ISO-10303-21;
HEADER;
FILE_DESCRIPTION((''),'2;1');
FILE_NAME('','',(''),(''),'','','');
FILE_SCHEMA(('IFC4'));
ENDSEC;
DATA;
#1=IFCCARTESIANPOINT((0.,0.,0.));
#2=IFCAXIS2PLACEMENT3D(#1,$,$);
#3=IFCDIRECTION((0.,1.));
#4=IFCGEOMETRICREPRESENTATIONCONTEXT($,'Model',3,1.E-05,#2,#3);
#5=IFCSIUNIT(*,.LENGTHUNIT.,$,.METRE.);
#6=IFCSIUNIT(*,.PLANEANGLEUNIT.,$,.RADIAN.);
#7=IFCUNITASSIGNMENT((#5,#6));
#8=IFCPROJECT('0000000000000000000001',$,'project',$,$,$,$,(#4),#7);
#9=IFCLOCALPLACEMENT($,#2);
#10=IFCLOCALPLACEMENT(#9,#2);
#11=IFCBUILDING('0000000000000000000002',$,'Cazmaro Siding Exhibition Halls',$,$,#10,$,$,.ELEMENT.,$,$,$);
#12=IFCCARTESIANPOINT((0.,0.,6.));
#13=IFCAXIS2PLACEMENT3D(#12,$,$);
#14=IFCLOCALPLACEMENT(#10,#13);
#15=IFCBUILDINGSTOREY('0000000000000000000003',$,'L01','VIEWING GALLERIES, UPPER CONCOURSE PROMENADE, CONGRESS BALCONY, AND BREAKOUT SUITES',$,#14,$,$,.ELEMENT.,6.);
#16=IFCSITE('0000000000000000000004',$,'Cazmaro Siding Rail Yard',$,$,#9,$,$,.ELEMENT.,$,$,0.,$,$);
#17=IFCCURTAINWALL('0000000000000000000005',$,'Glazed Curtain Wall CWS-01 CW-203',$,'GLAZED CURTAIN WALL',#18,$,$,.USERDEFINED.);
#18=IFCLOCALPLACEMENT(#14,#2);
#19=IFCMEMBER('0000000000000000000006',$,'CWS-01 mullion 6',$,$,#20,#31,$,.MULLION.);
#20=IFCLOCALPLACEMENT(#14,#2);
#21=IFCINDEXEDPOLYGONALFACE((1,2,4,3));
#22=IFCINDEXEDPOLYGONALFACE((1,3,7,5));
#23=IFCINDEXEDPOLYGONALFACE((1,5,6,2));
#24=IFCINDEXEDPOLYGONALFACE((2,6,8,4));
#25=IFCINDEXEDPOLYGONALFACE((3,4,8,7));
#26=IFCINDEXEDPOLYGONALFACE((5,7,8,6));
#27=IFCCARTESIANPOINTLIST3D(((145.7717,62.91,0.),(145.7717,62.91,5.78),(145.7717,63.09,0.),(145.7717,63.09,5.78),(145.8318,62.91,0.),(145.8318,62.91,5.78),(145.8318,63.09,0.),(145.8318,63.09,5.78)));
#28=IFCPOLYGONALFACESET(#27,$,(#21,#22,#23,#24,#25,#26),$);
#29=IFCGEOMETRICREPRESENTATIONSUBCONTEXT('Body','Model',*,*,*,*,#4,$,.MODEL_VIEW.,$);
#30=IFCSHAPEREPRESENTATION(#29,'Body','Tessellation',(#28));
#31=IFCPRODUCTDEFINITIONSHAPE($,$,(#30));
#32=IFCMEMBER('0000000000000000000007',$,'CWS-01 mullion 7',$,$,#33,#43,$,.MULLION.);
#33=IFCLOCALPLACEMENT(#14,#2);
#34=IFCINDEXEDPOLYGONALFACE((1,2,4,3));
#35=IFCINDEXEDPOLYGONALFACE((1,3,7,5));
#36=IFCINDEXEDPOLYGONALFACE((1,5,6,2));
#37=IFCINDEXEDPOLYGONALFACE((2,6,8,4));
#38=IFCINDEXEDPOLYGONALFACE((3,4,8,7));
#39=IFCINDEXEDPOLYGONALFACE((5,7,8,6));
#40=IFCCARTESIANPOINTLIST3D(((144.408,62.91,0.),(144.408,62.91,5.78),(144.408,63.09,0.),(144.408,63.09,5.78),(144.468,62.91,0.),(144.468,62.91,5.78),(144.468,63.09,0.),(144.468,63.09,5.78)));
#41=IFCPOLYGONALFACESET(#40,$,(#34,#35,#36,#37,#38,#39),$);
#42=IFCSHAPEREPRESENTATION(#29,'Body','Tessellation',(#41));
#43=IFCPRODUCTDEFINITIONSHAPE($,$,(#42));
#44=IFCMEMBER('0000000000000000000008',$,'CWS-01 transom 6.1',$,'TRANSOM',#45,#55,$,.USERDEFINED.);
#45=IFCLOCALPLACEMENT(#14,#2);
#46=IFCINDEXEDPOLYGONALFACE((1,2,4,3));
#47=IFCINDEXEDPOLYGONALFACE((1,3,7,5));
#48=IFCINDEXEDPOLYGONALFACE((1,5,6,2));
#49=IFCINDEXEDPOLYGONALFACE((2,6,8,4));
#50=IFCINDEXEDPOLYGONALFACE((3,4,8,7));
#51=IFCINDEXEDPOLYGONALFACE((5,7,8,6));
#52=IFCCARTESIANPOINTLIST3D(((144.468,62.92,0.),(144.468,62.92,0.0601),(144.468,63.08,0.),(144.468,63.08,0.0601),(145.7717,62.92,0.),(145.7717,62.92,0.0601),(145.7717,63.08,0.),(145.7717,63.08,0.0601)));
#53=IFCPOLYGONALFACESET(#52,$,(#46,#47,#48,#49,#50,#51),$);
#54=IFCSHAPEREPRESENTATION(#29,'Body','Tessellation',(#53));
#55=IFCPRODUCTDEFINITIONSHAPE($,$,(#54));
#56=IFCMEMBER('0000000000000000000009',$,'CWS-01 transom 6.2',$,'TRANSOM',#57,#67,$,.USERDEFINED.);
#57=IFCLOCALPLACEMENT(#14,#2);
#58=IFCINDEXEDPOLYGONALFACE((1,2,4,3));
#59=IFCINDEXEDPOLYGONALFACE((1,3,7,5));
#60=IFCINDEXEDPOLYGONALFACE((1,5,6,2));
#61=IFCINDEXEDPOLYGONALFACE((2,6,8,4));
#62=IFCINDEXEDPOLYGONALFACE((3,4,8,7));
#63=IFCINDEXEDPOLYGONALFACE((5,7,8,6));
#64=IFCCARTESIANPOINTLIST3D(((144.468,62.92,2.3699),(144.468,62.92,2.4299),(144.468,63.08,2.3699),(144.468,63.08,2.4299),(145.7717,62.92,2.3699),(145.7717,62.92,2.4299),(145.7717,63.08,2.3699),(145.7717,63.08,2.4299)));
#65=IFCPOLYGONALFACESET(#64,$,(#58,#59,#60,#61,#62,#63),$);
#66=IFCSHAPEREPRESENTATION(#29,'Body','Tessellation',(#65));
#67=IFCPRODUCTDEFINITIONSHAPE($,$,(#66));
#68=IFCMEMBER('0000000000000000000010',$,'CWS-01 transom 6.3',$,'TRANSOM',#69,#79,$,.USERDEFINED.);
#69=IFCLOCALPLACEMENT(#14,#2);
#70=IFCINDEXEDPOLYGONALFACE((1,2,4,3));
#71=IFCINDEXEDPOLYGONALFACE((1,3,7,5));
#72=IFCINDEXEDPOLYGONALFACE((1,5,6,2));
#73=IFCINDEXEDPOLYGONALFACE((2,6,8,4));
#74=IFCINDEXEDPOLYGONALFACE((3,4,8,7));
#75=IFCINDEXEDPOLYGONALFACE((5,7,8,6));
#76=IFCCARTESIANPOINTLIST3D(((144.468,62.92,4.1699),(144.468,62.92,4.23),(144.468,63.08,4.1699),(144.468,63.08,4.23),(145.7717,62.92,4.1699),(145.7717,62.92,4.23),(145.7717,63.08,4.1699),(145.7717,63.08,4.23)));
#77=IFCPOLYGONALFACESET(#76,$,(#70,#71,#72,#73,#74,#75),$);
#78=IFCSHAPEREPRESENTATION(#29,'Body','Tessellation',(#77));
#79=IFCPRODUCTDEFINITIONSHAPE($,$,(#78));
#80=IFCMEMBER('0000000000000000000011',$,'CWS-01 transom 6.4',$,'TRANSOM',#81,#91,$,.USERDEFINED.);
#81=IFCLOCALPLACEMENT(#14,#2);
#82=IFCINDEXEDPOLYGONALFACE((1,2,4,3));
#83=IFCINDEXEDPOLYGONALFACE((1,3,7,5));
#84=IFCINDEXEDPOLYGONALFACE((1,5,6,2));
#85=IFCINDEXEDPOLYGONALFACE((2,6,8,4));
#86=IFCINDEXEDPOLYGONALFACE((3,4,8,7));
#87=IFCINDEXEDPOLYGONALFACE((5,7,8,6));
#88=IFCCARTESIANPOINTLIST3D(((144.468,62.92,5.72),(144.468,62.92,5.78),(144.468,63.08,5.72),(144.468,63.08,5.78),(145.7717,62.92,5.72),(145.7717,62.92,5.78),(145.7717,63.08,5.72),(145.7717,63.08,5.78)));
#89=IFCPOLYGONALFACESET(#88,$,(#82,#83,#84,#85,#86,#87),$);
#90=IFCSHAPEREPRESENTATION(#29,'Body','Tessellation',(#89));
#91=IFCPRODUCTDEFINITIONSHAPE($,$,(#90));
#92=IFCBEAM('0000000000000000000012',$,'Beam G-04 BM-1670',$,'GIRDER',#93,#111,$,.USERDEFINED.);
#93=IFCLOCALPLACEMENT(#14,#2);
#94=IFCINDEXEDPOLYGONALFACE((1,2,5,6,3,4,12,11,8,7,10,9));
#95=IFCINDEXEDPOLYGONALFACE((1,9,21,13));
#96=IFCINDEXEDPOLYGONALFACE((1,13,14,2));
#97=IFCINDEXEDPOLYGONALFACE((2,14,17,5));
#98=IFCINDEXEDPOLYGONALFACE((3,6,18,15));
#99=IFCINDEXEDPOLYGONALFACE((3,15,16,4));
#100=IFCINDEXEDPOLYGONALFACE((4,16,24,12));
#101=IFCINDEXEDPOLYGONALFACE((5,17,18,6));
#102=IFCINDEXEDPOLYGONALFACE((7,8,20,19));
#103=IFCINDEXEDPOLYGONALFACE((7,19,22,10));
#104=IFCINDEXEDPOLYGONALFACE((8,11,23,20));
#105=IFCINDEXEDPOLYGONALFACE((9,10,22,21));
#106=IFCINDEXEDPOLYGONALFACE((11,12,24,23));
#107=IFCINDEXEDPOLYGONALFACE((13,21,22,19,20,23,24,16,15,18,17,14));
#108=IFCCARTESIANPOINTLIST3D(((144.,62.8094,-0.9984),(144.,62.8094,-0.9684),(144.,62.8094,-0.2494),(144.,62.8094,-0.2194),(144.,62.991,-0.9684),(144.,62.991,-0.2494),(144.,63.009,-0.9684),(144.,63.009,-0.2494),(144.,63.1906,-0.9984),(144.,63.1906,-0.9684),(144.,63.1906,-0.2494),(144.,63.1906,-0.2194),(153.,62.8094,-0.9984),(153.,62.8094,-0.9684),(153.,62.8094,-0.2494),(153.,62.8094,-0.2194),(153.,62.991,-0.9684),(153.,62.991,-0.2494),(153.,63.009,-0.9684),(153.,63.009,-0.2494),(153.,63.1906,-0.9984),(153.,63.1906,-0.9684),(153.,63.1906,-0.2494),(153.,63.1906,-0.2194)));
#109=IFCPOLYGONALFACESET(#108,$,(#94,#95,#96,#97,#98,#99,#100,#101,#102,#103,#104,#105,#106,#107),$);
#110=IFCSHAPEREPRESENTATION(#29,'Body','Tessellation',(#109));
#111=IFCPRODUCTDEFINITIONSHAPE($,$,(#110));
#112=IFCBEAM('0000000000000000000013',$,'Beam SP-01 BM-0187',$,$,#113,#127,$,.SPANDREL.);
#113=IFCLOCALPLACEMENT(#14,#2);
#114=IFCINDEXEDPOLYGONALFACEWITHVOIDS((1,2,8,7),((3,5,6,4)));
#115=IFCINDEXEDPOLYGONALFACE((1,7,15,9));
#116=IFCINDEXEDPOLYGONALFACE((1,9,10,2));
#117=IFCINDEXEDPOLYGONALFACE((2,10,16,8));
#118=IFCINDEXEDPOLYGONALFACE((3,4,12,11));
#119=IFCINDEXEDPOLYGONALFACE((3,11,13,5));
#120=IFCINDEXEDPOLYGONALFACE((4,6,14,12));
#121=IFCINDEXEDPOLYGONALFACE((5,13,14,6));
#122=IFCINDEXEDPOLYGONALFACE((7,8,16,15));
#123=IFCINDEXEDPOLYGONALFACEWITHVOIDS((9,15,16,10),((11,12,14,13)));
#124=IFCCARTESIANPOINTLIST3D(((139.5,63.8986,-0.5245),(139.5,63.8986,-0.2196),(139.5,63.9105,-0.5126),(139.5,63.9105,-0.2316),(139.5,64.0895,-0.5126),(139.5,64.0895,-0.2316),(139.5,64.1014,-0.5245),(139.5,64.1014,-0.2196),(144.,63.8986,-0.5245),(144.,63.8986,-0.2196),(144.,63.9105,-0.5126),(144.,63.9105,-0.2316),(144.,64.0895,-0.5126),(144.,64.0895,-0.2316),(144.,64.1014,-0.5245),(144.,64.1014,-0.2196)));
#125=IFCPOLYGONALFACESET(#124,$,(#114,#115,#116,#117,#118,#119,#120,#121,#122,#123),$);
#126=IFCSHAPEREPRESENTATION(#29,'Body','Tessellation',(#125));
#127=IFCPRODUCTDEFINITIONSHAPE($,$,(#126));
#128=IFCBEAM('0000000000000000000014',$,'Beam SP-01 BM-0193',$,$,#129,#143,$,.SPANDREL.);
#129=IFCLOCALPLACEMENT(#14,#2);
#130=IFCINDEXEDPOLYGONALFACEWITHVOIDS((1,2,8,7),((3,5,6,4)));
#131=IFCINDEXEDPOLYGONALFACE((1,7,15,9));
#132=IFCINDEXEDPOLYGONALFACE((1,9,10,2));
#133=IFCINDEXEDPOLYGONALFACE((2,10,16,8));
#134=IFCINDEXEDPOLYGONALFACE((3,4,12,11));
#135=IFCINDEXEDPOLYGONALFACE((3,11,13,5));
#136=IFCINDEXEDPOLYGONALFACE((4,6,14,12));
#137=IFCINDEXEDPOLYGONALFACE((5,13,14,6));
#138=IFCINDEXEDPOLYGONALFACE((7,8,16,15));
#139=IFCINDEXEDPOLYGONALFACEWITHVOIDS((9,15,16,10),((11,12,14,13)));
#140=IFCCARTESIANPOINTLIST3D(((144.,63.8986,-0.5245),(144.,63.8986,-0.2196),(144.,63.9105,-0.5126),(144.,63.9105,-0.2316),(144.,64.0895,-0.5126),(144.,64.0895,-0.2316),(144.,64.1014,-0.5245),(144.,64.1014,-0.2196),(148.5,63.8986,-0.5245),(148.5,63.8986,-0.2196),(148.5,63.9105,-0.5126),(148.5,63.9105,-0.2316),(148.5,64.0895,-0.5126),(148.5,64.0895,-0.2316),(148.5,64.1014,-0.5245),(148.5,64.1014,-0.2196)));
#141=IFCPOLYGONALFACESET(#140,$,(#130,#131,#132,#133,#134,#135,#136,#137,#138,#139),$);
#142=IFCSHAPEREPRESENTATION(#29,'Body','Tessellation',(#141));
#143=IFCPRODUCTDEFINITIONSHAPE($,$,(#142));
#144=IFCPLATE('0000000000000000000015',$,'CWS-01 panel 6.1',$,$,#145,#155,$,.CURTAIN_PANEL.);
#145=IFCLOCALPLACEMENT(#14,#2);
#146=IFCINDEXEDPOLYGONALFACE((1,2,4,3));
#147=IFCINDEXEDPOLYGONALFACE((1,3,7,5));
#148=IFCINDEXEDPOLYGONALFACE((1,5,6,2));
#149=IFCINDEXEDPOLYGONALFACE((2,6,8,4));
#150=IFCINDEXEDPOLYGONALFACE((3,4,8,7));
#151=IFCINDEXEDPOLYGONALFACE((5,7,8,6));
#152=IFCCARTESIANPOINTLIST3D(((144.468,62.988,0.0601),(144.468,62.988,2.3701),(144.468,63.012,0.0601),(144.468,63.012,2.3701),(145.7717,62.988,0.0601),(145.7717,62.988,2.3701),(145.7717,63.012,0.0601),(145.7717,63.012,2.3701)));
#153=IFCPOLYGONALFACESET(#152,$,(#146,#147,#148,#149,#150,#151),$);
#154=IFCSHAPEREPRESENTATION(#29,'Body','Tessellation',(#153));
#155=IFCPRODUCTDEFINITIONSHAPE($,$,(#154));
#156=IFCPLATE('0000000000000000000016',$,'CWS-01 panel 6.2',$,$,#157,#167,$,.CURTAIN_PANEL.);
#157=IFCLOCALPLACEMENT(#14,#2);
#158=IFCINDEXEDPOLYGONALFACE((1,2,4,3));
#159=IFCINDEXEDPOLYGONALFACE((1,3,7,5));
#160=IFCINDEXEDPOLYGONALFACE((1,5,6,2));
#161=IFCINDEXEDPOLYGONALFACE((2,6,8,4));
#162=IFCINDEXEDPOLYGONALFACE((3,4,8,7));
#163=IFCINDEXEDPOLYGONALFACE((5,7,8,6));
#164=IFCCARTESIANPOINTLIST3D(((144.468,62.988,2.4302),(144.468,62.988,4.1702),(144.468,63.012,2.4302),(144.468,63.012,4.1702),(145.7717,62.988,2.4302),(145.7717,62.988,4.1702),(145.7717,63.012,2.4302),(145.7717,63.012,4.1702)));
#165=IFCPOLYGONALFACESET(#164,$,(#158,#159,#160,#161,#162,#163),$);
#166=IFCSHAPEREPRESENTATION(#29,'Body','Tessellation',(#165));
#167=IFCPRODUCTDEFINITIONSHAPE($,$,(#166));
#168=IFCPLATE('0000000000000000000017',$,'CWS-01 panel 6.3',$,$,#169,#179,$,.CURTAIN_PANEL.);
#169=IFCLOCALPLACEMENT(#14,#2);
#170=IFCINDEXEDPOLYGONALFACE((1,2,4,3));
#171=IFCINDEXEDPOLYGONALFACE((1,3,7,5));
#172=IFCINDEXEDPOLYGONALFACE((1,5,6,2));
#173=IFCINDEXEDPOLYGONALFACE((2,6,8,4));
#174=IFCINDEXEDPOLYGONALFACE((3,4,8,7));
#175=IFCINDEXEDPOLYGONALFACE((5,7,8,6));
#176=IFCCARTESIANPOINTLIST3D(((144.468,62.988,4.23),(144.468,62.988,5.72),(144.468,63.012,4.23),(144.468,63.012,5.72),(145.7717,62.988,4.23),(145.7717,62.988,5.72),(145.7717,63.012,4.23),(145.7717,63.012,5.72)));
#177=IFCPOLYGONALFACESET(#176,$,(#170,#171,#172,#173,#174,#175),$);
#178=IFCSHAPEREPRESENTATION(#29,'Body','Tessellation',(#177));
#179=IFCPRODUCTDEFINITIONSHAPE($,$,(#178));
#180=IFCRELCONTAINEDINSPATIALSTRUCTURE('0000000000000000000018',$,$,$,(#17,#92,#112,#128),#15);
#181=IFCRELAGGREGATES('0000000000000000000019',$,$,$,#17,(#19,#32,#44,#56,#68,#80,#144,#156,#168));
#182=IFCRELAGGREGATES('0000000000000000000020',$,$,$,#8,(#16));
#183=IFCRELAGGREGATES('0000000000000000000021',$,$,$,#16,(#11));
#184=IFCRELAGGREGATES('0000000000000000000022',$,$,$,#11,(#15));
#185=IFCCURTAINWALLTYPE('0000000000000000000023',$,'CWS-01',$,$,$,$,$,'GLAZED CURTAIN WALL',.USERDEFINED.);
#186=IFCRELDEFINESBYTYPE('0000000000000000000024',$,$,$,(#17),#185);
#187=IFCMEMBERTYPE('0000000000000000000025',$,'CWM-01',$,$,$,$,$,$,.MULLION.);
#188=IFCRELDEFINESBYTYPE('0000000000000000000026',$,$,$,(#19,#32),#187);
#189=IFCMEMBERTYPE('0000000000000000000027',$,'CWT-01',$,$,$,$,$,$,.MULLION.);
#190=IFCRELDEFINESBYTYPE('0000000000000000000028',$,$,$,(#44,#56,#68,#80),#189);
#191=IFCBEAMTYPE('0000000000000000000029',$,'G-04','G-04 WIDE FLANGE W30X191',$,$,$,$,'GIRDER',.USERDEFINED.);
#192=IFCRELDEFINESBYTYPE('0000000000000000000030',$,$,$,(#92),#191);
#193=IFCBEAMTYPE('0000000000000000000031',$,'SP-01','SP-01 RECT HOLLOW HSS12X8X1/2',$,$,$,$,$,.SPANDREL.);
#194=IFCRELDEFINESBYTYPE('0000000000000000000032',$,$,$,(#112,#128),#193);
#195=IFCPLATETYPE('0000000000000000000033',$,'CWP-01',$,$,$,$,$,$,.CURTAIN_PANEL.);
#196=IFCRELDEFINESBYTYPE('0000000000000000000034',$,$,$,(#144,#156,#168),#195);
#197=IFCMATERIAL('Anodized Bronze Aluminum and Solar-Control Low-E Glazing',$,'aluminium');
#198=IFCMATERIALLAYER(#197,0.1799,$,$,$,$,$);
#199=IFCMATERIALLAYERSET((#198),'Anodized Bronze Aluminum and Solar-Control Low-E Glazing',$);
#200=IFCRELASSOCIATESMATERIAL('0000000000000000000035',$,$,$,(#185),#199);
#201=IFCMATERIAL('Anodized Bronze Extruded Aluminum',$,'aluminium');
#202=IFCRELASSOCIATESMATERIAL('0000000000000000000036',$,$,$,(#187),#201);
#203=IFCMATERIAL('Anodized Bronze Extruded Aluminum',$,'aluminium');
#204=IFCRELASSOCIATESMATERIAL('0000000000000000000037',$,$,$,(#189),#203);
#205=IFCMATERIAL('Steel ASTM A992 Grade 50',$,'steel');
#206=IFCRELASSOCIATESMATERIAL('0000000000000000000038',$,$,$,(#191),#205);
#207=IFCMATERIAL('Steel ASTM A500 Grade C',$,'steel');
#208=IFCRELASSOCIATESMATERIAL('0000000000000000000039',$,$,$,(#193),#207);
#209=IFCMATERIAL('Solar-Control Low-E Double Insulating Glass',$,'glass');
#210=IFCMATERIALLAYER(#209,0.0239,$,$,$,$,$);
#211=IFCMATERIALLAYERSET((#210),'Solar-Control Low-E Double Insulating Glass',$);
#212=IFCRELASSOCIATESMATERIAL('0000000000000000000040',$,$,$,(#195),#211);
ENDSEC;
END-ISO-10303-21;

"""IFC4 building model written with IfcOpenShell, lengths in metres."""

from ifc_helpers import new_model, si_unit, direction, frame, origin, origin_2d, place, context, subcontext, project, spatial, rectangle, hollow_rectangle, i_section, extrude, material, layer, layer_set, material_profile, profile_set, type_object, element, aggregate, save


model = new_model("IFC4")

# Units and contexts
model_context = context("Model", 3, precision=1e-05, world=origin(), true_north=direction((0.0, 1.0)))
body_context = subcontext(model_context, "Body", "Model", "MODEL_VIEW")
ifc_project = project(units=[si_unit("LENGTHUNIT", "METRE"), si_unit("PLANEANGLEUNIT", "RADIAN")], contexts=[model_context])

# Site, building, storey
site_placement = place(None, origin())
site = spatial("IfcSite", under=ifc_project, at=site_placement, Name="Cazmaro Siding Rail Yard", CompositionType="ELEMENT", RefElevation=0.0)
building_placement = place(site_placement, origin())
building = spatial("IfcBuilding", under=site, at=building_placement, Name="Cazmaro Siding Exhibition Halls", CompositionType="ELEMENT")
storey_placement = place(building_placement, frame((0.0, 0.0, 6.0)))
storey = spatial("IfcBuildingStorey", under=building, at=storey_placement, Name="L01", Description="VIEWING GALLERIES, UPPER CONCOURSE PROMENADE, CONGRESS BALCONY, AND BREAKOUT SUITES", CompositionType="ELEMENT", Elevation=6.0)

# Curtain wall, members
ifc_material_1 = material(Name="Anodized Bronze Aluminum and Solar-Control Low-E Glazing", Category="aluminium")
ifc_layer_1 = layer(ifc_material_1, 0.1799)
ifc_layer_set_1 = layer_set([ifc_layer_1], Name="Anodized Bronze Aluminum and Solar-Control Low-E Glazing")
curtain_wall_type = type_object("IfcCurtainWallType", Name="CWS-01", ElementType="GLAZED CURTAIN WALL", PredefinedType="USERDEFINED", material=ifc_layer_set_1)
curtain_wall_placement = place(storey_placement, origin())
curtain_wall = element("IfcCurtainWall", 1, at=curtain_wall_placement, inside=storey, type_object=curtain_wall_type, Name="Glazed Curtain Wall CWS-01 CW-203", ObjectType="GLAZED CURTAIN WALL", PredefinedType="USERDEFINED")
ifc_material_2 = material(Name="Anodized Bronze Extruded Aluminum", Category="aluminium")
ifc_material_profile_1 = material_profile(ifc_material_2, rectangle(XDim=0.1799, YDim=0.0601, at=origin_2d()), Name="CWM-01")
ifc_profile_set_1 = profile_set([ifc_material_profile_1], Name="Anodized Bronze Extruded Aluminum")
member_type_1 = type_object("IfcMemberType", Name="CWM-01", PredefinedType="MULLION", material=ifc_profile_set_1)
member_1_placement = place(storey_placement, frame((145.8018, 63.0, 0.0), z_axis=(0.0, 0.0, 1.0), x_axis=(0.0, -1.0, 0.0)))
member_1 = element("IfcMember", 2, at=member_1_placement, type_object=member_type_1, Name="CWS-01 mullion 6", PredefinedType="MULLION", context=body_context, shape_type="SweptSolid", body=[
    extrude(rectangle(XDim=0.1799, YDim=0.0601, at=origin_2d()), origin(), (0.0, 0.0, 1.0), 5.78),
])
member_2_placement = place(storey_placement, frame((144.438, 63.0, 0.0), z_axis=(0.0, 0.0, 1.0), x_axis=(0.0, -1.0, 0.0)))
member_2 = element("IfcMember", 3, at=member_2_placement, type_object=member_type_1, Name="CWS-01 mullion 7", PredefinedType="MULLION", context=body_context, shape_type="SweptSolid", body=[
    extrude(rectangle(XDim=0.1799, YDim=0.0601, at=origin_2d()), origin(), (0.0, 0.0, 1.0), 5.78),
])
ifc_material_3 = material(Name="Anodized Bronze Extruded Aluminum", Category="aluminium")
ifc_material_profile_2 = material_profile(ifc_material_3, rectangle(XDim=0.1599, YDim=0.0601, at=origin_2d()), Name="CWT-01")
ifc_profile_set_2 = profile_set([ifc_material_profile_2], Name="Anodized Bronze Extruded Aluminum")
member_type_2 = type_object("IfcMemberType", Name="CWT-01", PredefinedType="MULLION", material=ifc_profile_set_2)
member_3_placement = place(storey_placement, frame((145.7717, 63.0, 0.03), z_axis=(-1.0, 0.0, 0.0), x_axis=(0.0, -1.0, 0.0)))
member_3 = element("IfcMember", 4, at=member_3_placement, type_object=member_type_2, Name="CWS-01 transom 6.1", ObjectType="TRANSOM", PredefinedType="USERDEFINED", context=body_context, shape_type="SweptSolid", body=[
    extrude(rectangle(XDim=0.1599, YDim=0.0601, at=origin_2d()), origin(), (0.0, 0.0, 1.0), 1.3037),
])
member_4_placement = place(storey_placement, frame((145.7717, 63.0, 2.3999), z_axis=(-1.0, 0.0, 0.0), x_axis=(0.0, -1.0, 0.0)))
member_4 = element("IfcMember", 5, at=member_4_placement, type_object=member_type_2, Name="CWS-01 transom 6.2", ObjectType="TRANSOM", PredefinedType="USERDEFINED", context=body_context, shape_type="SweptSolid", body=[
    extrude(rectangle(XDim=0.1599, YDim=0.0601, at=origin_2d()), origin(), (0.0, 0.0, 1.0), 1.3037),
])
member_5_placement = place(storey_placement, frame((145.7717, 63.0, 4.2), z_axis=(-1.0, 0.0, 0.0), x_axis=(0.0, -1.0, 0.0)))
member_5 = element("IfcMember", 6, at=member_5_placement, type_object=member_type_2, Name="CWS-01 transom 6.3", ObjectType="TRANSOM", PredefinedType="USERDEFINED", context=body_context, shape_type="SweptSolid", body=[
    extrude(rectangle(XDim=0.1599, YDim=0.0601, at=origin_2d()), origin(), (0.0, 0.0, 1.0), 1.3037),
])
member_6_placement = place(storey_placement, frame((145.7717, 63.0, 5.75), z_axis=(-1.0, 0.0, 0.0), x_axis=(0.0, -1.0, 0.0)))
member_6 = element("IfcMember", 7, at=member_6_placement, type_object=member_type_2, Name="CWS-01 transom 6.4", ObjectType="TRANSOM", PredefinedType="USERDEFINED", context=body_context, shape_type="SweptSolid", body=[
    extrude(rectangle(XDim=0.1599, YDim=0.0601, at=origin_2d()), origin(), (0.0, 0.0, 1.0), 1.3037),
])

# Beams
ifc_material_4 = material(Name="Steel ASTM A992 Grade 50", Category="steel")
ifc_material_profile_3 = material_profile(ifc_material_4, i_section(OverallWidth=0.3811, OverallDepth=0.7791, WebThickness=0.0181, FlangeThickness=0.03, at=origin_2d()), Name="W30X191")
ifc_profile_set_3 = profile_set([ifc_material_profile_3], Name="Steel ASTM A992 Grade 50")
beam_type_1 = type_object("IfcBeamType", Name="G-04", Description="G-04 WIDE FLANGE W30X191", ElementType="GIRDER", PredefinedType="USERDEFINED", material=ifc_profile_set_3)
beam_1_placement = place(storey_placement, frame((144.0, 63.0, -0.6089), z_axis=(1.0, 0.0, 0.0), x_axis=(0.0, 1.0, 0.0)))
element("IfcBeam", 8, at=beam_1_placement, inside=storey, type_object=beam_type_1, Name="Beam G-04 BM-1670", ObjectType="GIRDER", PredefinedType="USERDEFINED", context=body_context, shape_type="SweptSolid", body=[
    extrude(i_section(OverallWidth=0.3811, OverallDepth=0.7791, WebThickness=0.0181, FlangeThickness=0.03, at=origin_2d()), origin(), (0.0, 0.0, 1.0), 9.0),
])
ifc_material_5 = material(Name="Steel ASTM A500 Grade C", Category="steel")
ifc_material_profile_4 = material_profile(ifc_material_5, hollow_rectangle(XDim=0.2029, YDim=0.3049, WallThickness=0.012, at=origin_2d()), Name="HSS12X8X1/2")
ifc_profile_set_4 = profile_set([ifc_material_profile_4], Name="Steel ASTM A500 Grade C")
beam_type_2 = type_object("IfcBeamType", Name="SP-01", Description="SP-01 RECT HOLLOW HSS12X8X1/2", PredefinedType="SPANDREL", material=ifc_profile_set_4)
for number, where, z_axis, x_axis, name in (
    (9, (139.5, 64.0, -0.3721), (1.0, 0.0, 0.0), (0.0, 1.0, 0.0), "Beam SP-01 BM-0187"),
    (10, (144.0, 64.0, -0.3721), (1.0, 0.0, 0.0), (0.0, 1.0, 0.0), "Beam SP-01 BM-0193"),
):
    element("IfcBeam", number, at=place(storey_placement, frame(where, z_axis=z_axis, x_axis=x_axis)), inside=storey, type_object=beam_type_2, Name=name, PredefinedType="SPANDREL", context=body_context, shape_type="SweptSolid", body=[
        extrude(hollow_rectangle(XDim=0.2029, YDim=0.3049, WallThickness=0.012, at=origin_2d()), origin(), (0.0, 0.0, 1.0), 4.5),
    ])

# Plates
ifc_material_6 = material(Name="Solar-Control Low-E Double Insulating Glass", Category="glass")
ifc_layer_2 = layer(ifc_material_6, 0.0239)
ifc_layer_set_2 = layer_set([ifc_layer_2], Name="Solar-Control Low-E Double Insulating Glass")
plate_type = type_object("IfcPlateType", Name="CWP-01", PredefinedType="CURTAIN_PANEL", material=ifc_layer_set_2)
plate_1_placement = place(storey_placement, frame((145.1199, 63.0, 0.0601), z_axis=(0.0, 0.0, 1.0), x_axis=(-1.0, 0.0, 0.0)))
plate_1 = element("IfcPlate", 11, at=plate_1_placement, type_object=plate_type, Name="CWS-01 panel 6.1", PredefinedType="CURTAIN_PANEL", context=body_context, shape_type="SweptSolid", body=[
    extrude(rectangle(XDim=1.3037, YDim=0.0239, at=origin_2d()), origin(), (0.0, 0.0, 1.0), 2.3101),
])
plate_2_placement = place(storey_placement, frame((145.1199, 63.0, 2.4302), z_axis=(0.0, 0.0, 1.0), x_axis=(-1.0, 0.0, 0.0)))
plate_2 = element("IfcPlate", 12, at=plate_2_placement, type_object=plate_type, Name="CWS-01 panel 6.2", PredefinedType="CURTAIN_PANEL", context=body_context, shape_type="SweptSolid", body=[
    extrude(rectangle(XDim=1.3037, YDim=0.0239, at=origin_2d()), origin(), (0.0, 0.0, 1.0), 1.74),
])
plate_3_placement = place(storey_placement, frame((145.1199, 63.0, 4.23), z_axis=(0.0, 0.0, 1.0), x_axis=(-1.0, 0.0, 0.0)))
plate_3 = element("IfcPlate", 13, at=plate_3_placement, type_object=plate_type, Name="CWS-01 panel 6.3", PredefinedType="CURTAIN_PANEL", context=body_context, shape_type="SweptSolid", body=[
    extrude(rectangle(XDim=1.3037, YDim=0.0239, at=origin_2d()), origin(), (0.0, 0.0, 1.0), 1.49),
])
aggregate(curtain_wall, [member_1, member_2, member_3, member_4, member_5, member_6, plate_1, plate_2, plate_3])

save(model, "model.ifc")
